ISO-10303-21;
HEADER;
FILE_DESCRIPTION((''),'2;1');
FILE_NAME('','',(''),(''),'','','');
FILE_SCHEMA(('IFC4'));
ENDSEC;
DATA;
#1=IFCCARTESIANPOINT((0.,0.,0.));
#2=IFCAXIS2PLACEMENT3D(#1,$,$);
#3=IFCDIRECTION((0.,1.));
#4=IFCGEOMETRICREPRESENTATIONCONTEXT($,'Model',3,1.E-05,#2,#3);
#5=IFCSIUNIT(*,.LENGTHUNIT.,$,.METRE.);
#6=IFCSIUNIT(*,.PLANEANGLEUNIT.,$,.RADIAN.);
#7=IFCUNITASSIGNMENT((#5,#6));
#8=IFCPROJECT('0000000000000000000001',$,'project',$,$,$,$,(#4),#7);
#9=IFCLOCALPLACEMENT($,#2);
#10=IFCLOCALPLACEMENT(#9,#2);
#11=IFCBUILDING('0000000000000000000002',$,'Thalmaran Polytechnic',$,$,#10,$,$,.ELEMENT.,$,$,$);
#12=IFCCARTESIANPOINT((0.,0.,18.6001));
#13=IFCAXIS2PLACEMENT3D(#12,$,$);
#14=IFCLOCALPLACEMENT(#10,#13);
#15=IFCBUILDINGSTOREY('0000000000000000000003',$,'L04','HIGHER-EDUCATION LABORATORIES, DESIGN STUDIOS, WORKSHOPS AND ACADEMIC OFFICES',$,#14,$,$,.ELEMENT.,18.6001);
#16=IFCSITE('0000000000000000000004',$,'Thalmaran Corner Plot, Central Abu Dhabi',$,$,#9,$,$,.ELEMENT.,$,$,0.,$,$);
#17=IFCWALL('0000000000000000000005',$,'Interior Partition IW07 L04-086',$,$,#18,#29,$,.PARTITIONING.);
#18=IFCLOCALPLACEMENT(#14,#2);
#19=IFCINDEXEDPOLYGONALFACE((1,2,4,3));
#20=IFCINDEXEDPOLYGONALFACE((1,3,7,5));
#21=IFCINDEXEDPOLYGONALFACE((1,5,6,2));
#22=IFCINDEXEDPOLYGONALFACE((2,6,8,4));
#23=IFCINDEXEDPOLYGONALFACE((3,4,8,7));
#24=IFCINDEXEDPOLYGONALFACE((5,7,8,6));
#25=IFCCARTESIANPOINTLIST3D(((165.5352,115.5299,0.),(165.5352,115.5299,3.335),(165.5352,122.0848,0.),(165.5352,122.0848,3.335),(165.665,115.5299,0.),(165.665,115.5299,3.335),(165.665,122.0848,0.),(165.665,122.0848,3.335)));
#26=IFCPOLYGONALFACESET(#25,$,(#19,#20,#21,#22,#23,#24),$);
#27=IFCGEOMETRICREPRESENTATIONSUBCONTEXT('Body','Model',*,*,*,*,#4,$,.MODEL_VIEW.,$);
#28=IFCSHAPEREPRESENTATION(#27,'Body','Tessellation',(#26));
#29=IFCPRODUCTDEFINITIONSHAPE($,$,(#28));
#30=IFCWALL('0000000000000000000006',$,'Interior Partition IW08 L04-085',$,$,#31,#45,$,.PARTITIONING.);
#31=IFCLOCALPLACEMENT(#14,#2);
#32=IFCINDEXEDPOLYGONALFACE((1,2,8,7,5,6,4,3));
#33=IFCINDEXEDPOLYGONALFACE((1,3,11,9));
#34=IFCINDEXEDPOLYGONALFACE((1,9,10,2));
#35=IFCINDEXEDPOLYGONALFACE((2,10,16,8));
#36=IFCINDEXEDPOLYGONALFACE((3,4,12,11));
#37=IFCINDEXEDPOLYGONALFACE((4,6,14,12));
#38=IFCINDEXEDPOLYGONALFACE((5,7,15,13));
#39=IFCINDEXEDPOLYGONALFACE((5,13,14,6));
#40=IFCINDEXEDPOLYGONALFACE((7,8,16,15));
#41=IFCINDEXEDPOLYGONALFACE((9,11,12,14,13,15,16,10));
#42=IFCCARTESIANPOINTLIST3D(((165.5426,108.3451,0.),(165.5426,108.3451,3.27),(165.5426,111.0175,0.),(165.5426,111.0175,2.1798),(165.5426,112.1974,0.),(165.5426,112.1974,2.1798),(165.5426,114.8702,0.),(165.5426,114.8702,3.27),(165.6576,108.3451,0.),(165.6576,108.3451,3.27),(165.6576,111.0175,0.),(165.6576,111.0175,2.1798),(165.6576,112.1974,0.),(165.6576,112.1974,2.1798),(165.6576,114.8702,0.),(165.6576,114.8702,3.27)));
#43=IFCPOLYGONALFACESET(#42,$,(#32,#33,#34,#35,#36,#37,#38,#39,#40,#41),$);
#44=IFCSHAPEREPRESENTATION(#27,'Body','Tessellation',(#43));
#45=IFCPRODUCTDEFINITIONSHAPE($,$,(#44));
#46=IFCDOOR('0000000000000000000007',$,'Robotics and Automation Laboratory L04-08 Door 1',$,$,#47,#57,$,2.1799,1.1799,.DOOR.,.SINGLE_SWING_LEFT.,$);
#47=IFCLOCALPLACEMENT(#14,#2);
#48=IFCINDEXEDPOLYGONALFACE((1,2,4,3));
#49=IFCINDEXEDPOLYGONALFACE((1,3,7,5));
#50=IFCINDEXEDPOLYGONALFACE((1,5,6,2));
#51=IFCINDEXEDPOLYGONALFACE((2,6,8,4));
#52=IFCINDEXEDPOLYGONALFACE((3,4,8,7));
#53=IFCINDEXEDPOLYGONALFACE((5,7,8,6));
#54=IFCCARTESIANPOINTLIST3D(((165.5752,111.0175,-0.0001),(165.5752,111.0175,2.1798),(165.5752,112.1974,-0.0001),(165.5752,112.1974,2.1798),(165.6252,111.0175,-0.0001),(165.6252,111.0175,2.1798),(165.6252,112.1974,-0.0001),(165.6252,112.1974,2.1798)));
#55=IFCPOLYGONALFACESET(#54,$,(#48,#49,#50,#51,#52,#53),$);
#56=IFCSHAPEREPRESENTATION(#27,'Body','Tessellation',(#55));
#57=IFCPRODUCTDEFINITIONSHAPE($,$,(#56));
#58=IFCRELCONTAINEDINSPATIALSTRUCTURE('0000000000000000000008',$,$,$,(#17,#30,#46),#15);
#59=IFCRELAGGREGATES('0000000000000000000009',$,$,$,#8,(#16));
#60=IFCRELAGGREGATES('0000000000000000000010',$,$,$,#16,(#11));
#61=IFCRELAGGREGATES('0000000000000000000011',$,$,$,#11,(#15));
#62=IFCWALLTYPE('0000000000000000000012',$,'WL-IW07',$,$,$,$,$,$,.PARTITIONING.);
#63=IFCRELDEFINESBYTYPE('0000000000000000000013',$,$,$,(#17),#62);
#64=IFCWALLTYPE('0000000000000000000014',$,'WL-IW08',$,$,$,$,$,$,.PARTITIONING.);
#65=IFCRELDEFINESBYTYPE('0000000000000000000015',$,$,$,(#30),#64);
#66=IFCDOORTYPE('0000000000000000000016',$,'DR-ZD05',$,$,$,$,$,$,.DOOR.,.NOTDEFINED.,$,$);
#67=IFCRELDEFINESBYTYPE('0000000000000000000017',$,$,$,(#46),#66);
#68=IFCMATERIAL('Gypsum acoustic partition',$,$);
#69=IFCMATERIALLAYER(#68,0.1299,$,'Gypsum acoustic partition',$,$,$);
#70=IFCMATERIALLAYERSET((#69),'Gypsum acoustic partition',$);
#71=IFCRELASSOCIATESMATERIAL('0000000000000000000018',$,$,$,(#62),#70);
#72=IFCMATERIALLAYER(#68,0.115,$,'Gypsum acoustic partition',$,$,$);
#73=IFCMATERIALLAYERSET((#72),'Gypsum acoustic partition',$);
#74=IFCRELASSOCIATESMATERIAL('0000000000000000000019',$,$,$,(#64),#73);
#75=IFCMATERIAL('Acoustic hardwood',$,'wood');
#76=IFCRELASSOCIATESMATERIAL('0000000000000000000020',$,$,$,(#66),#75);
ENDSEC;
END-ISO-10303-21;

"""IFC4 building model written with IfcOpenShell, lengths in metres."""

from ifc_helpers import new_model, si_unit, direction, frame, frame_2d, origin, place, context, subcontext, project, spatial, rectangle, extrude, material, layer, layer_set, type_object, element, fill, save


model = new_model("IFC4")

# Units and contexts
model_context = context("Model", 3, precision=1e-05, world=origin(), true_north=direction((0.0, 1.0)))
body_context = subcontext(model_context, "Body", "Model", "MODEL_VIEW")
ifc_project = project(units=[si_unit("LENGTHUNIT", "METRE"), si_unit("PLANEANGLEUNIT", "RADIAN")], contexts=[model_context])

# Site, building, storey
site_placement = place(None, origin())
site = spatial("IfcSite", under=ifc_project, at=site_placement, Name="Thalmaran Corner Plot, Central Abu Dhabi", CompositionType="ELEMENT", RefElevation=0.0)
building_placement = place(site_placement, origin())
building = spatial("IfcBuilding", under=site, at=building_placement, Name="Thalmaran Polytechnic", CompositionType="ELEMENT")
storey_placement = place(building_placement, frame((0.0, 0.0, 18.6001)))
storey = spatial("IfcBuildingStorey", under=building, at=storey_placement, Name="L04", Description="HIGHER-EDUCATION LABORATORIES, DESIGN STUDIOS, WORKSHOPS AND ACADEMIC OFFICES", CompositionType="ELEMENT", Elevation=18.6001)

# Wall
ifc_material_1 = material(Name="Gypsum acoustic partition")
ifc_layer_1 = layer(ifc_material_1, 0.1299, Name="Gypsum acoustic partition")
ifc_layer_set_1 = layer_set([ifc_layer_1], Name="Gypsum acoustic partition")
wall_type_1 = type_object("IfcWallType", Name="WL-IW07", PredefinedType="PARTITIONING", material=ifc_layer_set_1)
wall_1_placement = place(storey_placement, frame((165.6001, 115.53, 0.0), z_axis=(0.0, 0.0, 1.0), x_axis=(0.0, 1.0, 0.0)))
element("IfcWall", 1, at=wall_1_placement, inside=storey, type_object=wall_type_1, Name="Interior Partition IW07 L04-086", PredefinedType="PARTITIONING", context=body_context, shape_type="SweptSolid", body=[
    extrude(rectangle(XDim=6.5549, YDim=0.1299, at=frame_2d((3.2773, 0.0))), origin(), (0.0, 0.0, 1.0), 3.335),
])

# Wall, opening, door
ifc_layer_2 = layer(ifc_material_1, 0.115, Name="Gypsum acoustic partition")
ifc_layer_set_2 = layer_set([ifc_layer_2], Name="Gypsum acoustic partition")
wall_type_2 = type_object("IfcWallType", Name="WL-IW08", PredefinedType="PARTITIONING", material=ifc_layer_set_2)
wall_2_placement = place(storey_placement, frame((165.6001, 108.345, 0.0), z_axis=(0.0, 0.0, 1.0), x_axis=(0.0, 1.0, 0.0)))
wall_2 = element("IfcWall", 2, at=wall_2_placement, inside=storey, type_object=wall_type_2, Name="Interior Partition IW08 L04-085", PredefinedType="PARTITIONING", context=body_context, shape_type="SweptSolid", body=[
    extrude(rectangle(XDim=6.5251, YDim=0.115, at=frame_2d((3.2627, 0.0))), origin(), (0.0, 0.0, 1.0), 3.27),
])
opening_1_placement = place(wall_2_placement, frame((2.6726, 0.0, 0.0)))
opening_1 = element("IfcOpeningElement", 3, at=opening_1_placement, cuts=wall_2, PredefinedType="OPENING", context=body_context, shape_type="SweptSolid", body=[
    extrude(rectangle(XDim=1.1799, YDim=2.1799, at=frame_2d((0.5898, 1.0898))), frame((0.0, 0.0674, 0.0), z_axis=(0.0, -1.0, 0.0), x_axis=(1.0, 0.0, 0.0)), (0.0, 0.0, 1.0), 0.135),
])
ifc_material_2 = material(Name="Acoustic hardwood", Category="wood")
door_type = type_object("IfcDoorType", Name="DR-ZD05", OperationType="NOTDEFINED", PredefinedType="DOOR", material=ifc_material_2)
door_placement = place(opening_1_placement, origin())
door = element("IfcDoor", 4, at=door_placement, inside=storey, type_object=door_type, Name="Robotics and Automation Laboratory L04-08 Door 1", OperationType="SINGLE_SWING_LEFT", OverallHeight=2.1799, OverallWidth=1.1799, PredefinedType="DOOR", context=body_context, shape_type="SweptSolid", body=[
    extrude(rectangle(XDim=1.1799, YDim=2.1799, at=frame_2d((0.5898, 1.0898))), frame((0.0, 0.0249, 0.0), z_axis=(0.0, -1.0, 0.0), x_axis=(1.0, 0.0, 0.0)), (0.0, 0.0, 1.0), 0.05),
])
fill(opening_1, door)

save(model, "model.ifc")
